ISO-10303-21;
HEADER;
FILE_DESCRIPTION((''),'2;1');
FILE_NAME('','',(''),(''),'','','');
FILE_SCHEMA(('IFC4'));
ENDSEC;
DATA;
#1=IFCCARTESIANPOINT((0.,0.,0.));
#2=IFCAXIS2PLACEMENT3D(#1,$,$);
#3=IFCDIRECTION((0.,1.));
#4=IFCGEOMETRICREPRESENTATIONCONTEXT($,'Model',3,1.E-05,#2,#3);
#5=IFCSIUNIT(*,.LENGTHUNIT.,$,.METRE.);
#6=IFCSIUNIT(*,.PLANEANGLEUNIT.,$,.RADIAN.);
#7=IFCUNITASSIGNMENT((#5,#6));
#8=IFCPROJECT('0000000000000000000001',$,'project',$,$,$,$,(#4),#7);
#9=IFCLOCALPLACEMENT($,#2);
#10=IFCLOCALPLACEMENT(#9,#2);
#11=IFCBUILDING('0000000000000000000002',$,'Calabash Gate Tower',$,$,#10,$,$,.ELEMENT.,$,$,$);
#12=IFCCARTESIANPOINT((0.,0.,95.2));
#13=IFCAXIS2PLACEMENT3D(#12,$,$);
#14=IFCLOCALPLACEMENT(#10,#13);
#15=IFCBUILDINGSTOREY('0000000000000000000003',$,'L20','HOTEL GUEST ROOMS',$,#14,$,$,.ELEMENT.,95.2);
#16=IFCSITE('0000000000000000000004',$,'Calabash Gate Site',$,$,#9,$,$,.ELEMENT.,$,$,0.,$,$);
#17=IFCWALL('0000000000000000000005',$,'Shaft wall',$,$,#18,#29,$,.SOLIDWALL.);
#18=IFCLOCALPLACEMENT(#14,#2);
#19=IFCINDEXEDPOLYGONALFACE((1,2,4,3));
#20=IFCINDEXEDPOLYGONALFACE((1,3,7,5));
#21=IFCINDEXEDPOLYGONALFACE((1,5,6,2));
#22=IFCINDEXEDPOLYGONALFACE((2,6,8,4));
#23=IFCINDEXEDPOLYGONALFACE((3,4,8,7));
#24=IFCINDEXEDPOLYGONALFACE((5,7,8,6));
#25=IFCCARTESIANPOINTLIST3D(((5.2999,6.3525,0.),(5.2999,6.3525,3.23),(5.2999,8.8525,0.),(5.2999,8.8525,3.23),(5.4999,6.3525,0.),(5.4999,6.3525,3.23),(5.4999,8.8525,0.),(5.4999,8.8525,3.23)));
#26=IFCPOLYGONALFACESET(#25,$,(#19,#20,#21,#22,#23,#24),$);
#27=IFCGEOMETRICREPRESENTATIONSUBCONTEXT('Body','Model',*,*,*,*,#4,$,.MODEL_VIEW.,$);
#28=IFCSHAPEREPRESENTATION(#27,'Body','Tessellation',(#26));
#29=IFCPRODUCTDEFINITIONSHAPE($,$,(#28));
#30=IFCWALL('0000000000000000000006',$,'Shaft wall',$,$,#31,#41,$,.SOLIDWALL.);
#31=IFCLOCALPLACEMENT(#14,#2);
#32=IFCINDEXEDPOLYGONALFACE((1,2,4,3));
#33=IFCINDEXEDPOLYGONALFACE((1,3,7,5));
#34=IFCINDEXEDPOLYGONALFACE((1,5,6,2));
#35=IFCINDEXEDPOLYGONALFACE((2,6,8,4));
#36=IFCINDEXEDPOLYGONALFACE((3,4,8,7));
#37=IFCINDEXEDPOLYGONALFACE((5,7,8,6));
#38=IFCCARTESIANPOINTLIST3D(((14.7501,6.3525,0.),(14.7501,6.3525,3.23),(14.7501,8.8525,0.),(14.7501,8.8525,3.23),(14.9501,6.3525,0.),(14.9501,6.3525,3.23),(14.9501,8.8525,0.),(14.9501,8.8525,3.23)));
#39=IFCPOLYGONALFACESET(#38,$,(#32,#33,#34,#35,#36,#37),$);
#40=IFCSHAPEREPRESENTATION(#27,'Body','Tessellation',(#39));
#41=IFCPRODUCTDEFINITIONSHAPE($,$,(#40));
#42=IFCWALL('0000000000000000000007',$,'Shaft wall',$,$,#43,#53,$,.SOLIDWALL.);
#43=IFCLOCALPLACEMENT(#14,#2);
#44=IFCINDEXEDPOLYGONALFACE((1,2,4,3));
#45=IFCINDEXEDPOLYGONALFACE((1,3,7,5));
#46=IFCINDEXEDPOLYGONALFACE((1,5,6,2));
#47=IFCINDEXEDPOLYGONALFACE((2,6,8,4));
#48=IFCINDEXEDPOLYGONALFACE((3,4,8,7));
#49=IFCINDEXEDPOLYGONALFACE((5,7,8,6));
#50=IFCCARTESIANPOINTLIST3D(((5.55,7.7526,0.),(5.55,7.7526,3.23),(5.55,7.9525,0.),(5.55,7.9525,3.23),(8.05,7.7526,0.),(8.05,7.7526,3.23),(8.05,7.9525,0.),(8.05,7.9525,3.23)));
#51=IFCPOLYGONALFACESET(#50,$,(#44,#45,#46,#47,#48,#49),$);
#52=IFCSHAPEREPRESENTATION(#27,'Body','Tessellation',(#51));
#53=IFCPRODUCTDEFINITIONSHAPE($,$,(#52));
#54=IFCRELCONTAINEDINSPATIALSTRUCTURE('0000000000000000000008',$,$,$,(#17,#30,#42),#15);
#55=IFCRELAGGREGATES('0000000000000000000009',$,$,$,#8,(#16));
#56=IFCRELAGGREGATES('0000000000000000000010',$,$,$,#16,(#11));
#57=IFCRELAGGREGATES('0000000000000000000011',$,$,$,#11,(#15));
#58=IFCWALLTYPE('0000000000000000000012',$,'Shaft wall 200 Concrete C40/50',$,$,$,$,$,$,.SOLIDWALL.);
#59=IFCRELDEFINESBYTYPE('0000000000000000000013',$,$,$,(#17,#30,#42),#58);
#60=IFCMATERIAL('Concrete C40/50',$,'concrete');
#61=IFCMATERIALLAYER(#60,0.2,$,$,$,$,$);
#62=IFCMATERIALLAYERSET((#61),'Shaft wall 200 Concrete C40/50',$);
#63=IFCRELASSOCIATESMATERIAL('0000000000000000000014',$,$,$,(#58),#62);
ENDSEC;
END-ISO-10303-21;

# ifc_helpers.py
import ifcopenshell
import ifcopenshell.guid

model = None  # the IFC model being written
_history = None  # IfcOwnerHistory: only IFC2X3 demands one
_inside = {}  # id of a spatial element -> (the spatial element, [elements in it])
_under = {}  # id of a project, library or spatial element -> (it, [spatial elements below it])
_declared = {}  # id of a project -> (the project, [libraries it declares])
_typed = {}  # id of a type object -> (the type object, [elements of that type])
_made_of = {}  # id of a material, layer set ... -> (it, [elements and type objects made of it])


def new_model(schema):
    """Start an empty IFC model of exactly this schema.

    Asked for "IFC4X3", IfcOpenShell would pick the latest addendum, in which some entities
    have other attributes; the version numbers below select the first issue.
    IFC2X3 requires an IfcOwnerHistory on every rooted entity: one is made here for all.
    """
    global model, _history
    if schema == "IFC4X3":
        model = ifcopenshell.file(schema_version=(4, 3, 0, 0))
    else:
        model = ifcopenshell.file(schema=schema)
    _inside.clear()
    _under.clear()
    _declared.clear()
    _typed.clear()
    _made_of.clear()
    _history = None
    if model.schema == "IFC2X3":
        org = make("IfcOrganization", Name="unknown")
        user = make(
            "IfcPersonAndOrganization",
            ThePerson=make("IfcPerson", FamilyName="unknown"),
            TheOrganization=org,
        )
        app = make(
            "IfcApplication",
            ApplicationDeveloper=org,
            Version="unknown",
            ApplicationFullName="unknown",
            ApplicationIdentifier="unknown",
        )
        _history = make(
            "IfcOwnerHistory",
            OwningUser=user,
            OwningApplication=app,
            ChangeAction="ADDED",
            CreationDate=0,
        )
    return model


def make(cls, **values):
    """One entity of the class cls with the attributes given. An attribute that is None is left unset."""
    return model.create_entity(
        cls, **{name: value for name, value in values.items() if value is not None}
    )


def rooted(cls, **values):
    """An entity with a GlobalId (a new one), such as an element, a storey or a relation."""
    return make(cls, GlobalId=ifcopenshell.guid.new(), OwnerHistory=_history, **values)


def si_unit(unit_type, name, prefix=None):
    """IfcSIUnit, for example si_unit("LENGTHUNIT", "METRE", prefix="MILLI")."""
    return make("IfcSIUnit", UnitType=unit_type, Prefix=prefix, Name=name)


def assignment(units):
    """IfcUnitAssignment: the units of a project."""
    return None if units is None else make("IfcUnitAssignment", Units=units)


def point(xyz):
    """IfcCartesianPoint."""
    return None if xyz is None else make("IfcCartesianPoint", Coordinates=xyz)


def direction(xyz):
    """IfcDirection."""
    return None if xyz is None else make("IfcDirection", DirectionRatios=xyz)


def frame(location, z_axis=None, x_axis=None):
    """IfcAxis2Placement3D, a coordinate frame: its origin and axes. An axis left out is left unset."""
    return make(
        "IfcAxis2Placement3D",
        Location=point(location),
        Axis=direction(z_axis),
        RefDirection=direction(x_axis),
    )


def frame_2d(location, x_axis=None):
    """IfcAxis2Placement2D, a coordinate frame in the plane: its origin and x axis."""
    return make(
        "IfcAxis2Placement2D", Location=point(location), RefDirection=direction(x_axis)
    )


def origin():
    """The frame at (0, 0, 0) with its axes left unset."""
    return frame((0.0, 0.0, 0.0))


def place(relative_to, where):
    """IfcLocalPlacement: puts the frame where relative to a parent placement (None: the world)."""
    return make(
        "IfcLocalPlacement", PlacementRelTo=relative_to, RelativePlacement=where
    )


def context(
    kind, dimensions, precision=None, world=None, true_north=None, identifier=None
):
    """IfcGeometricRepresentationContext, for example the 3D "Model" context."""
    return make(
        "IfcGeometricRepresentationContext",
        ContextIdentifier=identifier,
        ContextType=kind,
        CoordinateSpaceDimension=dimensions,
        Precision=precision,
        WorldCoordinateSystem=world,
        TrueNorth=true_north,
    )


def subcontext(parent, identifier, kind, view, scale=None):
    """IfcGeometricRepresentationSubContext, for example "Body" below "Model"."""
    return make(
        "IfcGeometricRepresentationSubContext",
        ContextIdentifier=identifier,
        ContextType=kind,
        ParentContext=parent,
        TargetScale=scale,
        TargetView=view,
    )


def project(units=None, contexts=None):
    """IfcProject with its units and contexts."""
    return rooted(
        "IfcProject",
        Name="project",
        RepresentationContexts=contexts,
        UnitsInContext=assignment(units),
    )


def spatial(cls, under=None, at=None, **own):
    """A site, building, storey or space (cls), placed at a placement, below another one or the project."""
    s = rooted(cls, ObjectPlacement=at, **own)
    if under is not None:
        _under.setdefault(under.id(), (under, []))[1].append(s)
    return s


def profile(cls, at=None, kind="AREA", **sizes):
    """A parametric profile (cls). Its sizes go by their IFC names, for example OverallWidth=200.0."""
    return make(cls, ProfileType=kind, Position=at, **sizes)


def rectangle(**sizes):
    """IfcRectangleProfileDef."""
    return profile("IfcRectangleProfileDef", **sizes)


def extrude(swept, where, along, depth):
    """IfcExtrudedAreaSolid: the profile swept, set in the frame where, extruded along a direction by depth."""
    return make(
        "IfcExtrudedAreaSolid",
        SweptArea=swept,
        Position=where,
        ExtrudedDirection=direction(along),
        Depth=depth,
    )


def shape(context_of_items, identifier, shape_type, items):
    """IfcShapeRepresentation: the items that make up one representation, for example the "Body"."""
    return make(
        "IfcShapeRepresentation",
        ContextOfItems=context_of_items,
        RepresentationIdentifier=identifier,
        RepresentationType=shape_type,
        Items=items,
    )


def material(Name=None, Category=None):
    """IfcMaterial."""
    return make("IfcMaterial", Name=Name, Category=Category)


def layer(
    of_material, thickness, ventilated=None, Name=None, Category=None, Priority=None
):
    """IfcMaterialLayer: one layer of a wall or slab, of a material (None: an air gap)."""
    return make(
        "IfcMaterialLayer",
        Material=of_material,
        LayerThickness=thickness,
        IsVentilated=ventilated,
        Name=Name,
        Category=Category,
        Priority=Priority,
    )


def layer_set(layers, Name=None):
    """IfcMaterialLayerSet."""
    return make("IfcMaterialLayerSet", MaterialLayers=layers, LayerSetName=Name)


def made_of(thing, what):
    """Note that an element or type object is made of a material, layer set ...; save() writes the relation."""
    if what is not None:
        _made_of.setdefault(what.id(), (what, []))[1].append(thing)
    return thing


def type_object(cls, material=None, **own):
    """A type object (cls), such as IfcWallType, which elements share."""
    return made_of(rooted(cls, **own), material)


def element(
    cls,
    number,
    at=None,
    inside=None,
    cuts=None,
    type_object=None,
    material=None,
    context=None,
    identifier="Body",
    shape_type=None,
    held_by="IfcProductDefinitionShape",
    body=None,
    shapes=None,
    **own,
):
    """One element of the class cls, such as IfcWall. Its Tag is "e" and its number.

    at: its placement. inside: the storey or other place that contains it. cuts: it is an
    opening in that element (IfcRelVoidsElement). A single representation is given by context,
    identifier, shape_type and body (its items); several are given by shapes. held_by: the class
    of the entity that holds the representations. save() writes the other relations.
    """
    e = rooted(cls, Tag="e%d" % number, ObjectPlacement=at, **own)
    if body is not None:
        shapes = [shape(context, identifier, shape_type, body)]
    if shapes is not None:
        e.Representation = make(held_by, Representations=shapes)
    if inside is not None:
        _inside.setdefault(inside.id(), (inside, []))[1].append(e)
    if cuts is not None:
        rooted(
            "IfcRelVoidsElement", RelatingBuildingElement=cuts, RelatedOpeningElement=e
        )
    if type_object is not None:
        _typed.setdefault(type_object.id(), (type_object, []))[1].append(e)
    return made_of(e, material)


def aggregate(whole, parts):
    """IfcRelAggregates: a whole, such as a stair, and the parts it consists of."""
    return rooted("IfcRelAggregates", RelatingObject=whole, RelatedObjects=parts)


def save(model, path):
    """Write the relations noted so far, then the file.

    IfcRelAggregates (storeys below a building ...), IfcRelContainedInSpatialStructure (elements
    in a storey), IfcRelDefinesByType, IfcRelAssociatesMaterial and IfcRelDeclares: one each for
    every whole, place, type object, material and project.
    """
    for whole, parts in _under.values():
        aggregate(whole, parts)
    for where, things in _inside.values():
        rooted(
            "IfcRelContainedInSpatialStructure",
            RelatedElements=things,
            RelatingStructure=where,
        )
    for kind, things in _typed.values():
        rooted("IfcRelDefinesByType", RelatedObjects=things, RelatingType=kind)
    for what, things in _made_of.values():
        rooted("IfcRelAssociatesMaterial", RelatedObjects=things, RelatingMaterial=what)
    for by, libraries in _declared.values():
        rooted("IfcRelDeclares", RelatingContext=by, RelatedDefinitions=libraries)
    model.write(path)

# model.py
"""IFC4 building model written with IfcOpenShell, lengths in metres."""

from ifc_helpers import new_model, si_unit, direction, frame, frame_2d, origin, place, context, subcontext, project, spatial, rectangle, extrude, material, layer, layer_set, type_object, element, save


model = new_model("IFC4")

# Units and contexts
model_context = context("Model", 3, precision=1e-05, world=origin(), true_north=direction((0.0, 1.0)))
body_context = subcontext(model_context, "Body", "Model", "MODEL_VIEW")
ifc_project = project(units=[si_unit("LENGTHUNIT", "METRE"), si_unit("PLANEANGLEUNIT", "RADIAN")], contexts=[model_context])

# Site, building, storey
site_placement = place(None, origin())
site = spatial("IfcSite", under=ifc_project, at=site_placement, Name="Calabash Gate Site", CompositionType="ELEMENT", RefElevation=0.0)
building_placement = place(site_placement, origin())
building = spatial("IfcBuilding", under=site, at=building_placement, Name="Calabash Gate Tower", CompositionType="ELEMENT")
storey_placement = place(building_placement, frame((0.0, 0.0, 95.2)))
storey = spatial("IfcBuildingStorey", under=building, at=storey_placement, Name="L20", Description="HOTEL GUEST ROOMS", CompositionType="ELEMENT", Elevation=95.2)

# Walls
ifc_material_1 = material(Name="Concrete C40/50", Category="concrete")
ifc_layer_1 = layer(ifc_material_1, 0.2)
ifc_layer_set_1 = layer_set([ifc_layer_1], Name="Shaft wall 200 Concrete C40/50")
wall_type_1 = type_object("IfcWallType", Name="Shaft wall 200 Concrete C40/50", PredefinedType="SOLIDWALL", material=ifc_layer_set_1)
for number, where, z_axis, x_axis, name in (
    (1, (5.3999, 6.3525, 0.0), (0.0, 0.0, 1.0), (0.0, 1.0, 0.0), "Shaft wall"),
    (2, (14.8501, 6.3525, 0.0), (0.0, 0.0, 1.0), (0.0, 1.0, 0.0), "Shaft wall"),
    (3, (5.55, 7.8525, 0.0), (0.0, 0.0, 1.0), (1.0, 0.0, 0.0), "Shaft wall"),
):
    element("IfcWall", number, at=place(storey_placement, frame(where, z_axis=z_axis, x_axis=x_axis)), inside=storey, type_object=wall_type_1, Name=name, PredefinedType="SOLIDWALL", context=body_context, shape_type="SweptSolid", body=[
        extrude(rectangle(XDim=2.5, YDim=0.2, at=frame_2d((1.25, 0.0))), origin(), (0.0, 0.0, 1.0), 3.23),
    ])

save(model, "model.ifc")
